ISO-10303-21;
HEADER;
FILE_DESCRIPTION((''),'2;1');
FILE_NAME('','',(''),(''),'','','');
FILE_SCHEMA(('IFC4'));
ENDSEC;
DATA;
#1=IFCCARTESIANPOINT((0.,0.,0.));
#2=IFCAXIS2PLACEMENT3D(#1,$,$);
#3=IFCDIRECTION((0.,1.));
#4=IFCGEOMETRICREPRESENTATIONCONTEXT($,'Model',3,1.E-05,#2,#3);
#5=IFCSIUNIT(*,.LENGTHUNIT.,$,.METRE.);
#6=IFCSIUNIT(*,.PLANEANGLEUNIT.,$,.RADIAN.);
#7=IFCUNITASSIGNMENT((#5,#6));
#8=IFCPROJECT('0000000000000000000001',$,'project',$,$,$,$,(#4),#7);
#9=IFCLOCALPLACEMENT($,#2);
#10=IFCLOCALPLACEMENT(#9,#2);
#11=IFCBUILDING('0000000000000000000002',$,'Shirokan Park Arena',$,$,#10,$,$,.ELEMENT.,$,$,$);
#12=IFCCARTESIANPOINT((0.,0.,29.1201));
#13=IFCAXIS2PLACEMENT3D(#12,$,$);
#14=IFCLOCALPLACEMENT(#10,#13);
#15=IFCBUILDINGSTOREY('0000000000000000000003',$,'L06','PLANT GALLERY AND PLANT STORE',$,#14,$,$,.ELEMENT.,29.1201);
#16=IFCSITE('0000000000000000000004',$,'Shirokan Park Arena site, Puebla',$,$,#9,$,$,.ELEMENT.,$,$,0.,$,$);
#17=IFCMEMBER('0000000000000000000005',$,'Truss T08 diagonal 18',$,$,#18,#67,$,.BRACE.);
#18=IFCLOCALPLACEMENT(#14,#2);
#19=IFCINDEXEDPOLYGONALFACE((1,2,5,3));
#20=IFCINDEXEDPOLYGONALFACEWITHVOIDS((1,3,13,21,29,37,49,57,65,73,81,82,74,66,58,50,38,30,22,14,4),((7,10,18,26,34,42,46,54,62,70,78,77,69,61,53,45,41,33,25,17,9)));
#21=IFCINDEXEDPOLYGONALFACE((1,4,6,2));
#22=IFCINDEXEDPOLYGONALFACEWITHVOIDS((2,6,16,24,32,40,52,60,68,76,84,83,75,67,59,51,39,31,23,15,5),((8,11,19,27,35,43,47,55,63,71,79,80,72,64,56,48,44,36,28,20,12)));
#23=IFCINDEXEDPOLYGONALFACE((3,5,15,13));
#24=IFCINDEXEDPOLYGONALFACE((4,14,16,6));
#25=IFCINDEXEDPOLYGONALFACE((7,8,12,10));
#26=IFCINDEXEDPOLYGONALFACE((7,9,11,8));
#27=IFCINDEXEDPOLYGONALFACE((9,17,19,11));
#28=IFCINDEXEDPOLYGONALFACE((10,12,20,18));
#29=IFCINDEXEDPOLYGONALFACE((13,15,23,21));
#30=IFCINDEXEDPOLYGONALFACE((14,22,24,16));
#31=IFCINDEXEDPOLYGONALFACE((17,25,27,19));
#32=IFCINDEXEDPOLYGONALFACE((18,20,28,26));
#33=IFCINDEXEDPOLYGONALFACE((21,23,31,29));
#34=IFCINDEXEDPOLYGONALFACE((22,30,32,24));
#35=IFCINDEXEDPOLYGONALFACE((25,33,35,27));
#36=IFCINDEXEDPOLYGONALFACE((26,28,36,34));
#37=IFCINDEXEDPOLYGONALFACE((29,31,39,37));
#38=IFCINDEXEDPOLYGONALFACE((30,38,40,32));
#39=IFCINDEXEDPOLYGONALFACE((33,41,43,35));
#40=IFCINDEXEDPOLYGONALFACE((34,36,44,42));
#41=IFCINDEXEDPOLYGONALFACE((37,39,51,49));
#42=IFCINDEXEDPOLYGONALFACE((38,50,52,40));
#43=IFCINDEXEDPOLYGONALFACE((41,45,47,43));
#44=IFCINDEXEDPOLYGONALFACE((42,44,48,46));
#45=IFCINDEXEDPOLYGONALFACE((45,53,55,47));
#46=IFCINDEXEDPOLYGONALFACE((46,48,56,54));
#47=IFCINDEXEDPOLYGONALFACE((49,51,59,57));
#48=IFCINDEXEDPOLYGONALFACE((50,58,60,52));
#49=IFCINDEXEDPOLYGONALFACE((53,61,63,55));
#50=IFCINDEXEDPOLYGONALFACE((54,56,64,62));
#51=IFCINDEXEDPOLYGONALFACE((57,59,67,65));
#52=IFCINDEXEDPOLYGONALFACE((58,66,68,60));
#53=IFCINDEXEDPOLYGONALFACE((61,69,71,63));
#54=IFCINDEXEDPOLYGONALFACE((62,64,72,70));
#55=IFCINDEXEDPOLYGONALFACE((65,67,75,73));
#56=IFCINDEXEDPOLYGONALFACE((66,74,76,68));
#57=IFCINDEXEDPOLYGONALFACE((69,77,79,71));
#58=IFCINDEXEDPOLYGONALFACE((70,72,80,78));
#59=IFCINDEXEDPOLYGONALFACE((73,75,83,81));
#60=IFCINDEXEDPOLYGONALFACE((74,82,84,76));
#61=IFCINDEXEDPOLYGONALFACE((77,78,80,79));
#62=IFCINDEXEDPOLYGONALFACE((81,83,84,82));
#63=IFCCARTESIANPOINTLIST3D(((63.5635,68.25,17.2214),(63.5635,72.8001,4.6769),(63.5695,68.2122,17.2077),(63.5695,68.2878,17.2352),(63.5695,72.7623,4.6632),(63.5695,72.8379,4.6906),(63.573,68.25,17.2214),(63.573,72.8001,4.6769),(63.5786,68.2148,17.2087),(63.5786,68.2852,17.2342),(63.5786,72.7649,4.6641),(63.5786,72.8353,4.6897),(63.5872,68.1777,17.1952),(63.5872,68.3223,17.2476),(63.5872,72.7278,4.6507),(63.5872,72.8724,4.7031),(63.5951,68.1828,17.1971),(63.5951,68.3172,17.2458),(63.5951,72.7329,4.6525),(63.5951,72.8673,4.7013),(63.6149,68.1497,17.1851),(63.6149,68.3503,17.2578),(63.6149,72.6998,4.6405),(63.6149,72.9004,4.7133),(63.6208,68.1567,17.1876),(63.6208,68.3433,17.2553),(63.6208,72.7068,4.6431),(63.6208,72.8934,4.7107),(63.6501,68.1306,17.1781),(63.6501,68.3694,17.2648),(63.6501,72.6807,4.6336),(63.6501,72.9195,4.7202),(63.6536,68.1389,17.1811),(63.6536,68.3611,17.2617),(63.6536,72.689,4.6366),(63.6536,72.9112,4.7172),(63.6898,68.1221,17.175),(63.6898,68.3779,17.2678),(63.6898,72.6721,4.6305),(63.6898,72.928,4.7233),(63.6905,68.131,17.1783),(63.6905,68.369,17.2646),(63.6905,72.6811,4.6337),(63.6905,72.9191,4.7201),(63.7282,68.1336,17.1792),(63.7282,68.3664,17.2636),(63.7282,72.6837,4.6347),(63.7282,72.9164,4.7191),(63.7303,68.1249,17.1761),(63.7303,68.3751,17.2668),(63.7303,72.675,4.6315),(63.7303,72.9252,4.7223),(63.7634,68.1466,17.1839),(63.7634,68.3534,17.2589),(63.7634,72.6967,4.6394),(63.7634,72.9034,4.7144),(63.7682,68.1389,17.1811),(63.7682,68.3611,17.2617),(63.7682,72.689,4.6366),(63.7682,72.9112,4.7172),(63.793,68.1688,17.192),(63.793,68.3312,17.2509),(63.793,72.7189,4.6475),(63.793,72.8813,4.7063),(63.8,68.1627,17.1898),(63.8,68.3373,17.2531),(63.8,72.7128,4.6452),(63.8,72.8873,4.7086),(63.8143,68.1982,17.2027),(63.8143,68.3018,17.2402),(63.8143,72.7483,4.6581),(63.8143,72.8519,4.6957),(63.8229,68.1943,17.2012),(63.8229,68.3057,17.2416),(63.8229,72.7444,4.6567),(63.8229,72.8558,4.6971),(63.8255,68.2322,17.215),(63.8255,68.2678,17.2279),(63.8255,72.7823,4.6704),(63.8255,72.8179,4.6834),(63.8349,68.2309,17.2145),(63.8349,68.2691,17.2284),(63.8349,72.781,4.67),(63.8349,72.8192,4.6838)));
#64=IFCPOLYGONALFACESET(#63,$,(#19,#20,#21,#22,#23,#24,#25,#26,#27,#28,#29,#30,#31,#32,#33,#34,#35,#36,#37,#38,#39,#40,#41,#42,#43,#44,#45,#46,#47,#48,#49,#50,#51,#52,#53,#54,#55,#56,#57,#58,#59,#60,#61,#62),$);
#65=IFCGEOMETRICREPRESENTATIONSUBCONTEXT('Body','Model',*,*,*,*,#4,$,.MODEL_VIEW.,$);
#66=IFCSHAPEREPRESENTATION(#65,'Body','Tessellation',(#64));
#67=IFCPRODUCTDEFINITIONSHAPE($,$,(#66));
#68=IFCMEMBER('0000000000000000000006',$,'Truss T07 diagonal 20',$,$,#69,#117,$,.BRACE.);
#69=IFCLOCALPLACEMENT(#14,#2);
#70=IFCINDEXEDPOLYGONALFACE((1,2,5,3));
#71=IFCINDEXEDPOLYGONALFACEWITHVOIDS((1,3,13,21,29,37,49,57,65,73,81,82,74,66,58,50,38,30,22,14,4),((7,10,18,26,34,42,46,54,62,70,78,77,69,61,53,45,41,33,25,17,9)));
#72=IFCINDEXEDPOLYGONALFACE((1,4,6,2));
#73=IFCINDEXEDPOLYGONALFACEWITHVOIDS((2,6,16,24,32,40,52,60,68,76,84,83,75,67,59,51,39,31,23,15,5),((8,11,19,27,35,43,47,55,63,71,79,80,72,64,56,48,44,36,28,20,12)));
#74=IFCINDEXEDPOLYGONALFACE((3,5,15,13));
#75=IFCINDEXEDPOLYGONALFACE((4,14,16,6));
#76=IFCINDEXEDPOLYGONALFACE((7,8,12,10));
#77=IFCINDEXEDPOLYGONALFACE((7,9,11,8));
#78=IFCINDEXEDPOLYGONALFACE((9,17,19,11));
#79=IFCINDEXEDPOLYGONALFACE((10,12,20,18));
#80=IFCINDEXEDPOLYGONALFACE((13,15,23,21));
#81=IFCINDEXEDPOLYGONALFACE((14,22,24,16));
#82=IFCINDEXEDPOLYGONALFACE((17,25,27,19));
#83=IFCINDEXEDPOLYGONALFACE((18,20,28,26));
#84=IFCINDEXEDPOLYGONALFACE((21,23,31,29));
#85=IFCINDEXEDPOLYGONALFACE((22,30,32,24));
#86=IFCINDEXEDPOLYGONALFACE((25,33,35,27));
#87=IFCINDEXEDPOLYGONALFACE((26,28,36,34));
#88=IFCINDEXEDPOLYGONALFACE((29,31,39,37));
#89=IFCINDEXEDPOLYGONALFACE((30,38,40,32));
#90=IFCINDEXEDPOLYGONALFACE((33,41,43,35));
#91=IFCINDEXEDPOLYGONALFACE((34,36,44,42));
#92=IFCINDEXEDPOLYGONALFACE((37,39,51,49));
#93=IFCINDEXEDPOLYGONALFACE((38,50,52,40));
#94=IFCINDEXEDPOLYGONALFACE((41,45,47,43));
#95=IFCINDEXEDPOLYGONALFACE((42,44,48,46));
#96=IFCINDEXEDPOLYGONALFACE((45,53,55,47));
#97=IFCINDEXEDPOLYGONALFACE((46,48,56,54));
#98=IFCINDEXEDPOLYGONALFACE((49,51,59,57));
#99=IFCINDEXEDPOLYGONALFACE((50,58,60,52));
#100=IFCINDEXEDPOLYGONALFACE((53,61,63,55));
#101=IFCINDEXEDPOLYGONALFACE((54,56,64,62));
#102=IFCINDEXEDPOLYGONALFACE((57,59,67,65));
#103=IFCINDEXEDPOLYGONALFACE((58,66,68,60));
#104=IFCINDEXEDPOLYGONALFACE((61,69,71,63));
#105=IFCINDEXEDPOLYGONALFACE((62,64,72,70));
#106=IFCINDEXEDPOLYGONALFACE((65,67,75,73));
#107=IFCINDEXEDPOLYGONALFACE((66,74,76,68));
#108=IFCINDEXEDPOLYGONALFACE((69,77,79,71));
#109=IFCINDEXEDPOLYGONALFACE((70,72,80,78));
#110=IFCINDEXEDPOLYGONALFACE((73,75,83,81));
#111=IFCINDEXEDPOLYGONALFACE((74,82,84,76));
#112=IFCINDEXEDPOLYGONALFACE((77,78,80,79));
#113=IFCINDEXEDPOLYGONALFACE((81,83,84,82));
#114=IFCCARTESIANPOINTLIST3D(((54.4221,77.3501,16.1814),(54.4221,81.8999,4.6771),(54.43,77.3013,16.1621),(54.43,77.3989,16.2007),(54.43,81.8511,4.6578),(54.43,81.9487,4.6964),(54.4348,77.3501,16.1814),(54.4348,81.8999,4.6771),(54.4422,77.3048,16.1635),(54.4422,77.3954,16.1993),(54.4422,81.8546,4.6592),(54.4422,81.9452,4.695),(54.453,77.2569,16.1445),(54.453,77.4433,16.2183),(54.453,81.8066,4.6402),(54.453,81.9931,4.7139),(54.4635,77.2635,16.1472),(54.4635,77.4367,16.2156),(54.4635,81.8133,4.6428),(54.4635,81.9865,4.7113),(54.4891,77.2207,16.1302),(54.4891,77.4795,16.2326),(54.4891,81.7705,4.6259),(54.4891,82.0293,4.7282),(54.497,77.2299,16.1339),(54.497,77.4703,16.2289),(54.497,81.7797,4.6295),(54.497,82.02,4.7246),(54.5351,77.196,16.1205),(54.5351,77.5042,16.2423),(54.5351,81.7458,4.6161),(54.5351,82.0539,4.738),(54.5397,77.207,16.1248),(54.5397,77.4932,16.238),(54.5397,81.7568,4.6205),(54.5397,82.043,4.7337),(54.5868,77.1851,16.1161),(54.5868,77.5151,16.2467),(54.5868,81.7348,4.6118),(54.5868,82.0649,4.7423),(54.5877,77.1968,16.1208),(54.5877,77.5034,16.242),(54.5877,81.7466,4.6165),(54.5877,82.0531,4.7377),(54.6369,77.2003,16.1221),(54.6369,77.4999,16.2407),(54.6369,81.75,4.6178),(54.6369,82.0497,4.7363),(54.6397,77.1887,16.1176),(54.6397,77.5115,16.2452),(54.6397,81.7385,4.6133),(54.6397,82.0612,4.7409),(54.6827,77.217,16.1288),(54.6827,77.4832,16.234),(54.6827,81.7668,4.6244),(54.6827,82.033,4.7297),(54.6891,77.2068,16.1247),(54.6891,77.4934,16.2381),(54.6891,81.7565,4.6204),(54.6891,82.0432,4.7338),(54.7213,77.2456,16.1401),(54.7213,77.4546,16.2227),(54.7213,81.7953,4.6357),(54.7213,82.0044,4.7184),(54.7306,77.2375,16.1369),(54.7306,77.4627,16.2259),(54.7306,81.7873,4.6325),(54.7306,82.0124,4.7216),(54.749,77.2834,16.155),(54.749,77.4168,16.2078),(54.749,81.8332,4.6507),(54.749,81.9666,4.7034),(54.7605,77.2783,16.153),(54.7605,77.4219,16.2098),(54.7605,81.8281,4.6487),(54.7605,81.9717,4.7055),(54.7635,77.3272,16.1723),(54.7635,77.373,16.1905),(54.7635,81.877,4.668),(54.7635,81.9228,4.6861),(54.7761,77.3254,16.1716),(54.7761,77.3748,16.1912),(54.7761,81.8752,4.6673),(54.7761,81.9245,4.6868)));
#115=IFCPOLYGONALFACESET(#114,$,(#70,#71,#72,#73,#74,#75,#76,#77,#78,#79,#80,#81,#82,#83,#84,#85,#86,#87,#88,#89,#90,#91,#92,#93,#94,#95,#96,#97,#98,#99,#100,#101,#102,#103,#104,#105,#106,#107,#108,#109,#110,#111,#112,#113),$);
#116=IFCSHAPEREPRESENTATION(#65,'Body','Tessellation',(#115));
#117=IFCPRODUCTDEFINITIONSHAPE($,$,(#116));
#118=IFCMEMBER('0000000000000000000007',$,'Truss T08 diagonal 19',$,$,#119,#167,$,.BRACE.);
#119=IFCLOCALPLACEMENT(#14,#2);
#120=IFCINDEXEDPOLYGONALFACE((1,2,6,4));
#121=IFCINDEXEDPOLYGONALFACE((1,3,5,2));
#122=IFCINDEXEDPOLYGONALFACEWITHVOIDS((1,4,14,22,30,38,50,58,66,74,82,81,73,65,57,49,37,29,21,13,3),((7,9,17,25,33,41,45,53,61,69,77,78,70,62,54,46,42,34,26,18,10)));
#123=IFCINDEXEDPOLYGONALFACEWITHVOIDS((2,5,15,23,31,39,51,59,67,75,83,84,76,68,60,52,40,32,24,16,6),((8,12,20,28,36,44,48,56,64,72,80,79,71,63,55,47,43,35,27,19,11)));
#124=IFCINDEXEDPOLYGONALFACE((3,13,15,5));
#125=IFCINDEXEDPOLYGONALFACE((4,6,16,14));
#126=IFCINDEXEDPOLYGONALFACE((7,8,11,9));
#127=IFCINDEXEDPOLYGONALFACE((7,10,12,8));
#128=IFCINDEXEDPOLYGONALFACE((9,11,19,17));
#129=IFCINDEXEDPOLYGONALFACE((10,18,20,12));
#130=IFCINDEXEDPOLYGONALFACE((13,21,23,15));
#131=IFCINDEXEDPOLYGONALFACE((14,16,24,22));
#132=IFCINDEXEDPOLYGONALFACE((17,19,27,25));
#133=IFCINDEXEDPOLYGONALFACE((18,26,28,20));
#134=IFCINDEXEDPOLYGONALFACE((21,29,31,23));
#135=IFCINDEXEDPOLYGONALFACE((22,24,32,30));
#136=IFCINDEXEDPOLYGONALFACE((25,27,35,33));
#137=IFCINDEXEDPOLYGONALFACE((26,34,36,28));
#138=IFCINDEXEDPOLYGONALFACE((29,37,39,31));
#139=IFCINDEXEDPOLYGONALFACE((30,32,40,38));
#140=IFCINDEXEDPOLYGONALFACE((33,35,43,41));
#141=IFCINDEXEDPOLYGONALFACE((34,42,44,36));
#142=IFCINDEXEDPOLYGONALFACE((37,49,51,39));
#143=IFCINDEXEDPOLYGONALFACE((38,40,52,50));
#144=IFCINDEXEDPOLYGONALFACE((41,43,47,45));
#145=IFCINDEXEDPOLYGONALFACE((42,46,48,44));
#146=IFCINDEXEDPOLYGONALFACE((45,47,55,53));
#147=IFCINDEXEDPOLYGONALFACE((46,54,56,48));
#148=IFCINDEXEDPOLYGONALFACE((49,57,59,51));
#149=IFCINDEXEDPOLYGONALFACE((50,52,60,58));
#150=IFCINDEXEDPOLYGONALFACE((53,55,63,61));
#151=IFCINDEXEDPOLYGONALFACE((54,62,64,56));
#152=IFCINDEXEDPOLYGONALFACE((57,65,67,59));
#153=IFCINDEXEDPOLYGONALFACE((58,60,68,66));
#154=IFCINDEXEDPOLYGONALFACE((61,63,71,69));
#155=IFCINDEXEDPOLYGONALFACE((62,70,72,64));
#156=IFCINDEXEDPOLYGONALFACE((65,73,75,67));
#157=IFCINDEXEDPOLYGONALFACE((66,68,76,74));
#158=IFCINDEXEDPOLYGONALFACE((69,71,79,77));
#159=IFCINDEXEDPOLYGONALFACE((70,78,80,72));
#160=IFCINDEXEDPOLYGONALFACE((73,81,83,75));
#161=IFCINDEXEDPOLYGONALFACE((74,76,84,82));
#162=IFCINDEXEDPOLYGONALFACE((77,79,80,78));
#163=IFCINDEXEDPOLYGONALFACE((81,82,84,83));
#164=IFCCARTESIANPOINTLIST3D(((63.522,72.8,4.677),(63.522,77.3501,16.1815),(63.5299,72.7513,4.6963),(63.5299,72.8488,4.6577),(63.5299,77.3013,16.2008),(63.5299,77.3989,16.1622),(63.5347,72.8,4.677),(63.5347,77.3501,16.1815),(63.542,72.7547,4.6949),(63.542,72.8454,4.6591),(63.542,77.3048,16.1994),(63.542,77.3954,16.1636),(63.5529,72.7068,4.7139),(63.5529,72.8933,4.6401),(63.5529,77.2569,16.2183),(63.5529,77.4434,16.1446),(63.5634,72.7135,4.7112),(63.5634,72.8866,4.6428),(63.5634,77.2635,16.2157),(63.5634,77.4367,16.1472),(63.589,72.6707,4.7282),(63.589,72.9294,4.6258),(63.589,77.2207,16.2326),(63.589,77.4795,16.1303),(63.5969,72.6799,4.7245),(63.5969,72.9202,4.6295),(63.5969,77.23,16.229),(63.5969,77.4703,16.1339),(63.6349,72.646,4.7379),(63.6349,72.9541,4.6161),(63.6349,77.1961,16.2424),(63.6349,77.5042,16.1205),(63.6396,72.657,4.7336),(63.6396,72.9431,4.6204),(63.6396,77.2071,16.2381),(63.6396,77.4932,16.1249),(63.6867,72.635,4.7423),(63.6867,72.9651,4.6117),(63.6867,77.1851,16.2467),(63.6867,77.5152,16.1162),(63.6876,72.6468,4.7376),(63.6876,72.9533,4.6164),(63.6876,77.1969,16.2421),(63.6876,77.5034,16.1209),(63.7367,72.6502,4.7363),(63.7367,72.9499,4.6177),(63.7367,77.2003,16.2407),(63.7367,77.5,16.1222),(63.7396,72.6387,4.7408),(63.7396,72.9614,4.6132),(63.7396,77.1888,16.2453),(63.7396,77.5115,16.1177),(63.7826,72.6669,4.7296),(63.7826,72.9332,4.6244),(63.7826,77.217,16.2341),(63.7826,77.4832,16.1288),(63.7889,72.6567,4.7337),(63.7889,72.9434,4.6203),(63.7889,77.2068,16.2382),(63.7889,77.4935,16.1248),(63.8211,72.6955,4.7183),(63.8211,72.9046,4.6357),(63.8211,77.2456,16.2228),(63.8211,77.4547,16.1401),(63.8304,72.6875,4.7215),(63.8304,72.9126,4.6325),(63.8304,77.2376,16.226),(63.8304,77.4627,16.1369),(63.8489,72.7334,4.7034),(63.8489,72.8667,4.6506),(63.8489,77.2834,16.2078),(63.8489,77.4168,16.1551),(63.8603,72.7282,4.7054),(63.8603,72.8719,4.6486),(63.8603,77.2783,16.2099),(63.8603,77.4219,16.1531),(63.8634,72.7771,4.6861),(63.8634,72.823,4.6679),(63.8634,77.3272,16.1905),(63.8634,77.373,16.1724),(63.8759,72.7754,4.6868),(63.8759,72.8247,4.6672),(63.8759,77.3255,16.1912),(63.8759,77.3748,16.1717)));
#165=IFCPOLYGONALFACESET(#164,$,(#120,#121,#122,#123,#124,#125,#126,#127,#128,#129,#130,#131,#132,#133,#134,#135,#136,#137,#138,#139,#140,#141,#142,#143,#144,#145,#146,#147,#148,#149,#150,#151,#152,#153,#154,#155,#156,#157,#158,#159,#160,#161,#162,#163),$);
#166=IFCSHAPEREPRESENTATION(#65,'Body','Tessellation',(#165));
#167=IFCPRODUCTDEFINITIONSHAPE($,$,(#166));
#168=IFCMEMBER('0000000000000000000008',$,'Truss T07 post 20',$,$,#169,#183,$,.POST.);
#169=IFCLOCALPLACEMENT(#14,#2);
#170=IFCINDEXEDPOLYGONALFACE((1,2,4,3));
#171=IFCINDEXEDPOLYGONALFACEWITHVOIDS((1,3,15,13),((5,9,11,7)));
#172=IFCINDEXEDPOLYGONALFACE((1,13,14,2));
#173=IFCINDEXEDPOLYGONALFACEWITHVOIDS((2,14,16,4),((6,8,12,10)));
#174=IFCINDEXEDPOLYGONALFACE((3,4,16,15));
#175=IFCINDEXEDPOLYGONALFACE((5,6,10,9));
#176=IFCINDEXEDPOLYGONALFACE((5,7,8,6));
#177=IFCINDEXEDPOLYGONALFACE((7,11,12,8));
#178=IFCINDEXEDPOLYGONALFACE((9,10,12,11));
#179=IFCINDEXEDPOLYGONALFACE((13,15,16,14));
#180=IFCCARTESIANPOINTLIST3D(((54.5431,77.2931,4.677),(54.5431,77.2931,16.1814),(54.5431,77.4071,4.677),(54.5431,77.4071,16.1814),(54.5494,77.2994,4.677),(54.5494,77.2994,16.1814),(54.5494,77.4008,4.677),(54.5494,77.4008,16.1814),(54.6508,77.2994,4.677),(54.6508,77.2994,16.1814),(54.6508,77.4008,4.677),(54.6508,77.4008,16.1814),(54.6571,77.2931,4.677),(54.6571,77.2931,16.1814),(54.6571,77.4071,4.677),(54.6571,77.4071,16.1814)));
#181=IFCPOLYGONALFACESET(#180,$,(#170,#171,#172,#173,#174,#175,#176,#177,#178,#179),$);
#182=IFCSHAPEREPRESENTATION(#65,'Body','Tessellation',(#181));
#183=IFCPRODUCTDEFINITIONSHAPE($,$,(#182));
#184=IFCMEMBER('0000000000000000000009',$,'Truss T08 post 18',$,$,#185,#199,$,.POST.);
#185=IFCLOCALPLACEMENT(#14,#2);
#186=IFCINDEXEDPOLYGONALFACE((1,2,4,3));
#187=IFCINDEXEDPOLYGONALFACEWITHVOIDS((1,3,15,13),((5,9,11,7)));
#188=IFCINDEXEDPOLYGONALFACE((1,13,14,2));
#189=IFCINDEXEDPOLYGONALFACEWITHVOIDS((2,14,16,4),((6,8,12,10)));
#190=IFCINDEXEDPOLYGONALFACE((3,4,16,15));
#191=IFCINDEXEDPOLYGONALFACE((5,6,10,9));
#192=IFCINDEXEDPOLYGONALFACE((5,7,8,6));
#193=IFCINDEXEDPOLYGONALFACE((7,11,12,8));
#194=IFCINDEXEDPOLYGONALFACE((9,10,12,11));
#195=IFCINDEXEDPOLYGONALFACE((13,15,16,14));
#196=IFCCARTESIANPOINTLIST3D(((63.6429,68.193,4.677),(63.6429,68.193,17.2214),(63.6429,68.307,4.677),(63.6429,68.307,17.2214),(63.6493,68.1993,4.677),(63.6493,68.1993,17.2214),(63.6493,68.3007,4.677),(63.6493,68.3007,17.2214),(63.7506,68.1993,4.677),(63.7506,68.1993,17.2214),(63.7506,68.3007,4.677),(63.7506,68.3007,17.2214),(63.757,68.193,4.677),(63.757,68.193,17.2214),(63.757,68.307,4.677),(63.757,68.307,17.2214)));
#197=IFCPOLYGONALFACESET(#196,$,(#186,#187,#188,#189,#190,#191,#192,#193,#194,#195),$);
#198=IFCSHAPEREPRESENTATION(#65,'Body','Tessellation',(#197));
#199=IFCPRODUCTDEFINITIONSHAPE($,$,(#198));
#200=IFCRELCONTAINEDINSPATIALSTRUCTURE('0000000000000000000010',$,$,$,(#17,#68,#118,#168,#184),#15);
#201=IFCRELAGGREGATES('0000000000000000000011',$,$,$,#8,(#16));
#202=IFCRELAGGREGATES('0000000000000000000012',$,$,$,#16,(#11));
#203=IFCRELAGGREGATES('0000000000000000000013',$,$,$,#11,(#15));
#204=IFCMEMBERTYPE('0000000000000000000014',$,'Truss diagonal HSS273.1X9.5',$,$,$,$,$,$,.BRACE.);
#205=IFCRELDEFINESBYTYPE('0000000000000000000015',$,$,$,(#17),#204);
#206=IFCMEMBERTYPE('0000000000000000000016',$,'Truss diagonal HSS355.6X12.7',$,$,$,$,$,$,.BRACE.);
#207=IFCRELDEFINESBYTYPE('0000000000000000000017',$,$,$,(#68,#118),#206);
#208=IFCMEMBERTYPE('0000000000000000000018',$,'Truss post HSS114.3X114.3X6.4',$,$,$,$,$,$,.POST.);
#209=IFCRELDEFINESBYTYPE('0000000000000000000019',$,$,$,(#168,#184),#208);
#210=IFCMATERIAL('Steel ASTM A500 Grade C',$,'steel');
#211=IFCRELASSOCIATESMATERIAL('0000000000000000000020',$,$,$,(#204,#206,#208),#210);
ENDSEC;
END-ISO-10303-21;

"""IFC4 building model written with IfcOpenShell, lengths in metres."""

from ifc_helpers import new_model, si_unit, direction, frame, origin, origin_2d, place, context, subcontext, project, spatial, hollow_rectangle, hollow_circle, extrude, material, material_profile, profile_set, type_object, element, save


model = new_model("IFC4")

# Units and contexts
model_context = context("Model", 3, precision=1e-05, world=origin(), true_north=direction((0.0, 1.0)))
body_context = subcontext(model_context, "Body", "Model", "MODEL_VIEW")
ifc_project = project(units=[si_unit("LENGTHUNIT", "METRE"), si_unit("PLANEANGLEUNIT", "RADIAN")], contexts=[model_context])

# Site, building, storey
site_placement = place(None, origin())
site = spatial("IfcSite", under=ifc_project, at=site_placement, Name="Shirokan Park Arena site, Puebla", CompositionType="ELEMENT", RefElevation=0.0)
building_placement = place(site_placement, origin())
building = spatial("IfcBuilding", under=site, at=building_placement, Name="Shirokan Park Arena", CompositionType="ELEMENT")
storey_placement = place(building_placement, frame((0.0, 0.0, 29.1201)))
storey = spatial("IfcBuildingStorey", under=building, at=storey_placement, Name="L06", Description="PLANT GALLERY AND PLANT STORE", CompositionType="ELEMENT", Elevation=29.1201)

# Members
ifc_material_1 = material(Name="Steel ASTM A500 Grade C", Category="steel")
ifc_material_profile_1 = material_profile(ifc_material_1, hollow_circle(Radius=0.1365, WallThickness=0.0095, at=origin_2d()), Name="HSS273.1X9.5")
ifc_profile_set_1 = profile_set([ifc_material_profile_1], Name="Steel ASTM A500 Grade C")
member_type_1 = type_object("IfcMemberType", Name="Truss diagonal HSS273.1X9.5", PredefinedType="BRACE", material=ifc_profile_set_1)
member_1_placement = place(storey_placement, frame((63.7, 68.25, 17.2214), z_axis=(0.0, 0.340978, -0.940071), x_axis=(-1.0, 0.0, 0.0)))
element("IfcMember", 1, at=member_1_placement, inside=storey, type_object=member_type_1, Name="Truss T08 diagonal 18", PredefinedType="BRACE", context=body_context, shape_type="SweptSolid", body=[
    extrude(hollow_circle(Radius=0.1365, WallThickness=0.0095, at=origin_2d()), origin(), (0.0, 0.0, 1.0), 13.3442),
])
ifc_material_profile_2 = material_profile(ifc_material_1, hollow_circle(Radius=0.178, WallThickness=0.0127, at=origin_2d()), Name="HSS355.6X12.7")
ifc_profile_set_2 = profile_set([ifc_material_profile_2], Name="Steel ASTM A500 Grade C")
member_type_2 = type_object("IfcMemberType", Name="Truss diagonal HSS355.6X12.7", PredefinedType="BRACE", material=ifc_profile_set_2)
member_2_placement = place(storey_placement, frame((54.6001, 77.3501, 16.1814), z_axis=(0.0, 0.367768, -0.929918), x_axis=(-1.0, 0.0, 0.0)))
element("IfcMember", 2, at=member_2_placement, inside=storey, type_object=member_type_2, Name="Truss T07 diagonal 20", PredefinedType="BRACE", context=body_context, shape_type="SweptSolid", body=[
    extrude(hollow_circle(Radius=0.178, WallThickness=0.0127, at=origin_2d()), origin(), (0.0, 0.0, 1.0), 12.3713),
])
member_3_placement = place(storey_placement, frame((63.7, 72.8, 4.677), z_axis=(0.0, 0.367785, 0.929911), x_axis=(-1.0, 0.0, 0.0)))
element("IfcMember", 3, at=member_3_placement, inside=storey, type_object=member_type_2, Name="Truss T08 diagonal 19", PredefinedType="BRACE", context=body_context, shape_type="SweptSolid", body=[
    extrude(hollow_circle(Radius=0.178, WallThickness=0.0127, at=origin_2d()), origin(), (0.0, 0.0, 1.0), 12.3716),
])
ifc_material_profile_3 = material_profile(ifc_material_1, hollow_rectangle(XDim=0.114, YDim=0.114, WallThickness=0.0063, at=origin_2d()), Name="HSS114.3X114.3X6.4")
ifc_profile_set_3 = profile_set([ifc_material_profile_3], Name="Steel ASTM A500 Grade C")
member_type_3 = type_object("IfcMemberType", Name="Truss post HSS114.3X114.3X6.4", PredefinedType="POST", material=ifc_profile_set_3)
member_4_placement = place(storey_placement, frame((54.6001, 77.3501, 4.677), z_axis=(0.0, 0.0, 1.0), x_axis=(1.0, 0.0, 0.0)))
element("IfcMember", 4, at=member_4_placement, inside=storey, type_object=member_type_3, Name="Truss T07 post 20", PredefinedType="POST", context=body_context, shape_type="SweptSolid", body=[
    extrude(hollow_rectangle(XDim=0.114, YDim=0.114, WallThickness=0.0063, at=origin_2d()), origin(), (0.0, 0.0, 1.0), 11.5044),
])
member_5_placement = place(storey_placement, frame((63.7, 68.25, 4.677), z_axis=(0.0, 0.0, 1.0), x_axis=(1.0, 0.0, 0.0)))
element("IfcMember", 5, at=member_5_placement, inside=storey, type_object=member_type_3, Name="Truss T08 post 18", PredefinedType="POST", context=body_context, shape_type="SweptSolid", body=[
    extrude(hollow_rectangle(XDim=0.114, YDim=0.114, WallThickness=0.0063, at=origin_2d()), origin(), (0.0, 0.0, 1.0), 12.5444),
])

save(model, "model.ifc")
